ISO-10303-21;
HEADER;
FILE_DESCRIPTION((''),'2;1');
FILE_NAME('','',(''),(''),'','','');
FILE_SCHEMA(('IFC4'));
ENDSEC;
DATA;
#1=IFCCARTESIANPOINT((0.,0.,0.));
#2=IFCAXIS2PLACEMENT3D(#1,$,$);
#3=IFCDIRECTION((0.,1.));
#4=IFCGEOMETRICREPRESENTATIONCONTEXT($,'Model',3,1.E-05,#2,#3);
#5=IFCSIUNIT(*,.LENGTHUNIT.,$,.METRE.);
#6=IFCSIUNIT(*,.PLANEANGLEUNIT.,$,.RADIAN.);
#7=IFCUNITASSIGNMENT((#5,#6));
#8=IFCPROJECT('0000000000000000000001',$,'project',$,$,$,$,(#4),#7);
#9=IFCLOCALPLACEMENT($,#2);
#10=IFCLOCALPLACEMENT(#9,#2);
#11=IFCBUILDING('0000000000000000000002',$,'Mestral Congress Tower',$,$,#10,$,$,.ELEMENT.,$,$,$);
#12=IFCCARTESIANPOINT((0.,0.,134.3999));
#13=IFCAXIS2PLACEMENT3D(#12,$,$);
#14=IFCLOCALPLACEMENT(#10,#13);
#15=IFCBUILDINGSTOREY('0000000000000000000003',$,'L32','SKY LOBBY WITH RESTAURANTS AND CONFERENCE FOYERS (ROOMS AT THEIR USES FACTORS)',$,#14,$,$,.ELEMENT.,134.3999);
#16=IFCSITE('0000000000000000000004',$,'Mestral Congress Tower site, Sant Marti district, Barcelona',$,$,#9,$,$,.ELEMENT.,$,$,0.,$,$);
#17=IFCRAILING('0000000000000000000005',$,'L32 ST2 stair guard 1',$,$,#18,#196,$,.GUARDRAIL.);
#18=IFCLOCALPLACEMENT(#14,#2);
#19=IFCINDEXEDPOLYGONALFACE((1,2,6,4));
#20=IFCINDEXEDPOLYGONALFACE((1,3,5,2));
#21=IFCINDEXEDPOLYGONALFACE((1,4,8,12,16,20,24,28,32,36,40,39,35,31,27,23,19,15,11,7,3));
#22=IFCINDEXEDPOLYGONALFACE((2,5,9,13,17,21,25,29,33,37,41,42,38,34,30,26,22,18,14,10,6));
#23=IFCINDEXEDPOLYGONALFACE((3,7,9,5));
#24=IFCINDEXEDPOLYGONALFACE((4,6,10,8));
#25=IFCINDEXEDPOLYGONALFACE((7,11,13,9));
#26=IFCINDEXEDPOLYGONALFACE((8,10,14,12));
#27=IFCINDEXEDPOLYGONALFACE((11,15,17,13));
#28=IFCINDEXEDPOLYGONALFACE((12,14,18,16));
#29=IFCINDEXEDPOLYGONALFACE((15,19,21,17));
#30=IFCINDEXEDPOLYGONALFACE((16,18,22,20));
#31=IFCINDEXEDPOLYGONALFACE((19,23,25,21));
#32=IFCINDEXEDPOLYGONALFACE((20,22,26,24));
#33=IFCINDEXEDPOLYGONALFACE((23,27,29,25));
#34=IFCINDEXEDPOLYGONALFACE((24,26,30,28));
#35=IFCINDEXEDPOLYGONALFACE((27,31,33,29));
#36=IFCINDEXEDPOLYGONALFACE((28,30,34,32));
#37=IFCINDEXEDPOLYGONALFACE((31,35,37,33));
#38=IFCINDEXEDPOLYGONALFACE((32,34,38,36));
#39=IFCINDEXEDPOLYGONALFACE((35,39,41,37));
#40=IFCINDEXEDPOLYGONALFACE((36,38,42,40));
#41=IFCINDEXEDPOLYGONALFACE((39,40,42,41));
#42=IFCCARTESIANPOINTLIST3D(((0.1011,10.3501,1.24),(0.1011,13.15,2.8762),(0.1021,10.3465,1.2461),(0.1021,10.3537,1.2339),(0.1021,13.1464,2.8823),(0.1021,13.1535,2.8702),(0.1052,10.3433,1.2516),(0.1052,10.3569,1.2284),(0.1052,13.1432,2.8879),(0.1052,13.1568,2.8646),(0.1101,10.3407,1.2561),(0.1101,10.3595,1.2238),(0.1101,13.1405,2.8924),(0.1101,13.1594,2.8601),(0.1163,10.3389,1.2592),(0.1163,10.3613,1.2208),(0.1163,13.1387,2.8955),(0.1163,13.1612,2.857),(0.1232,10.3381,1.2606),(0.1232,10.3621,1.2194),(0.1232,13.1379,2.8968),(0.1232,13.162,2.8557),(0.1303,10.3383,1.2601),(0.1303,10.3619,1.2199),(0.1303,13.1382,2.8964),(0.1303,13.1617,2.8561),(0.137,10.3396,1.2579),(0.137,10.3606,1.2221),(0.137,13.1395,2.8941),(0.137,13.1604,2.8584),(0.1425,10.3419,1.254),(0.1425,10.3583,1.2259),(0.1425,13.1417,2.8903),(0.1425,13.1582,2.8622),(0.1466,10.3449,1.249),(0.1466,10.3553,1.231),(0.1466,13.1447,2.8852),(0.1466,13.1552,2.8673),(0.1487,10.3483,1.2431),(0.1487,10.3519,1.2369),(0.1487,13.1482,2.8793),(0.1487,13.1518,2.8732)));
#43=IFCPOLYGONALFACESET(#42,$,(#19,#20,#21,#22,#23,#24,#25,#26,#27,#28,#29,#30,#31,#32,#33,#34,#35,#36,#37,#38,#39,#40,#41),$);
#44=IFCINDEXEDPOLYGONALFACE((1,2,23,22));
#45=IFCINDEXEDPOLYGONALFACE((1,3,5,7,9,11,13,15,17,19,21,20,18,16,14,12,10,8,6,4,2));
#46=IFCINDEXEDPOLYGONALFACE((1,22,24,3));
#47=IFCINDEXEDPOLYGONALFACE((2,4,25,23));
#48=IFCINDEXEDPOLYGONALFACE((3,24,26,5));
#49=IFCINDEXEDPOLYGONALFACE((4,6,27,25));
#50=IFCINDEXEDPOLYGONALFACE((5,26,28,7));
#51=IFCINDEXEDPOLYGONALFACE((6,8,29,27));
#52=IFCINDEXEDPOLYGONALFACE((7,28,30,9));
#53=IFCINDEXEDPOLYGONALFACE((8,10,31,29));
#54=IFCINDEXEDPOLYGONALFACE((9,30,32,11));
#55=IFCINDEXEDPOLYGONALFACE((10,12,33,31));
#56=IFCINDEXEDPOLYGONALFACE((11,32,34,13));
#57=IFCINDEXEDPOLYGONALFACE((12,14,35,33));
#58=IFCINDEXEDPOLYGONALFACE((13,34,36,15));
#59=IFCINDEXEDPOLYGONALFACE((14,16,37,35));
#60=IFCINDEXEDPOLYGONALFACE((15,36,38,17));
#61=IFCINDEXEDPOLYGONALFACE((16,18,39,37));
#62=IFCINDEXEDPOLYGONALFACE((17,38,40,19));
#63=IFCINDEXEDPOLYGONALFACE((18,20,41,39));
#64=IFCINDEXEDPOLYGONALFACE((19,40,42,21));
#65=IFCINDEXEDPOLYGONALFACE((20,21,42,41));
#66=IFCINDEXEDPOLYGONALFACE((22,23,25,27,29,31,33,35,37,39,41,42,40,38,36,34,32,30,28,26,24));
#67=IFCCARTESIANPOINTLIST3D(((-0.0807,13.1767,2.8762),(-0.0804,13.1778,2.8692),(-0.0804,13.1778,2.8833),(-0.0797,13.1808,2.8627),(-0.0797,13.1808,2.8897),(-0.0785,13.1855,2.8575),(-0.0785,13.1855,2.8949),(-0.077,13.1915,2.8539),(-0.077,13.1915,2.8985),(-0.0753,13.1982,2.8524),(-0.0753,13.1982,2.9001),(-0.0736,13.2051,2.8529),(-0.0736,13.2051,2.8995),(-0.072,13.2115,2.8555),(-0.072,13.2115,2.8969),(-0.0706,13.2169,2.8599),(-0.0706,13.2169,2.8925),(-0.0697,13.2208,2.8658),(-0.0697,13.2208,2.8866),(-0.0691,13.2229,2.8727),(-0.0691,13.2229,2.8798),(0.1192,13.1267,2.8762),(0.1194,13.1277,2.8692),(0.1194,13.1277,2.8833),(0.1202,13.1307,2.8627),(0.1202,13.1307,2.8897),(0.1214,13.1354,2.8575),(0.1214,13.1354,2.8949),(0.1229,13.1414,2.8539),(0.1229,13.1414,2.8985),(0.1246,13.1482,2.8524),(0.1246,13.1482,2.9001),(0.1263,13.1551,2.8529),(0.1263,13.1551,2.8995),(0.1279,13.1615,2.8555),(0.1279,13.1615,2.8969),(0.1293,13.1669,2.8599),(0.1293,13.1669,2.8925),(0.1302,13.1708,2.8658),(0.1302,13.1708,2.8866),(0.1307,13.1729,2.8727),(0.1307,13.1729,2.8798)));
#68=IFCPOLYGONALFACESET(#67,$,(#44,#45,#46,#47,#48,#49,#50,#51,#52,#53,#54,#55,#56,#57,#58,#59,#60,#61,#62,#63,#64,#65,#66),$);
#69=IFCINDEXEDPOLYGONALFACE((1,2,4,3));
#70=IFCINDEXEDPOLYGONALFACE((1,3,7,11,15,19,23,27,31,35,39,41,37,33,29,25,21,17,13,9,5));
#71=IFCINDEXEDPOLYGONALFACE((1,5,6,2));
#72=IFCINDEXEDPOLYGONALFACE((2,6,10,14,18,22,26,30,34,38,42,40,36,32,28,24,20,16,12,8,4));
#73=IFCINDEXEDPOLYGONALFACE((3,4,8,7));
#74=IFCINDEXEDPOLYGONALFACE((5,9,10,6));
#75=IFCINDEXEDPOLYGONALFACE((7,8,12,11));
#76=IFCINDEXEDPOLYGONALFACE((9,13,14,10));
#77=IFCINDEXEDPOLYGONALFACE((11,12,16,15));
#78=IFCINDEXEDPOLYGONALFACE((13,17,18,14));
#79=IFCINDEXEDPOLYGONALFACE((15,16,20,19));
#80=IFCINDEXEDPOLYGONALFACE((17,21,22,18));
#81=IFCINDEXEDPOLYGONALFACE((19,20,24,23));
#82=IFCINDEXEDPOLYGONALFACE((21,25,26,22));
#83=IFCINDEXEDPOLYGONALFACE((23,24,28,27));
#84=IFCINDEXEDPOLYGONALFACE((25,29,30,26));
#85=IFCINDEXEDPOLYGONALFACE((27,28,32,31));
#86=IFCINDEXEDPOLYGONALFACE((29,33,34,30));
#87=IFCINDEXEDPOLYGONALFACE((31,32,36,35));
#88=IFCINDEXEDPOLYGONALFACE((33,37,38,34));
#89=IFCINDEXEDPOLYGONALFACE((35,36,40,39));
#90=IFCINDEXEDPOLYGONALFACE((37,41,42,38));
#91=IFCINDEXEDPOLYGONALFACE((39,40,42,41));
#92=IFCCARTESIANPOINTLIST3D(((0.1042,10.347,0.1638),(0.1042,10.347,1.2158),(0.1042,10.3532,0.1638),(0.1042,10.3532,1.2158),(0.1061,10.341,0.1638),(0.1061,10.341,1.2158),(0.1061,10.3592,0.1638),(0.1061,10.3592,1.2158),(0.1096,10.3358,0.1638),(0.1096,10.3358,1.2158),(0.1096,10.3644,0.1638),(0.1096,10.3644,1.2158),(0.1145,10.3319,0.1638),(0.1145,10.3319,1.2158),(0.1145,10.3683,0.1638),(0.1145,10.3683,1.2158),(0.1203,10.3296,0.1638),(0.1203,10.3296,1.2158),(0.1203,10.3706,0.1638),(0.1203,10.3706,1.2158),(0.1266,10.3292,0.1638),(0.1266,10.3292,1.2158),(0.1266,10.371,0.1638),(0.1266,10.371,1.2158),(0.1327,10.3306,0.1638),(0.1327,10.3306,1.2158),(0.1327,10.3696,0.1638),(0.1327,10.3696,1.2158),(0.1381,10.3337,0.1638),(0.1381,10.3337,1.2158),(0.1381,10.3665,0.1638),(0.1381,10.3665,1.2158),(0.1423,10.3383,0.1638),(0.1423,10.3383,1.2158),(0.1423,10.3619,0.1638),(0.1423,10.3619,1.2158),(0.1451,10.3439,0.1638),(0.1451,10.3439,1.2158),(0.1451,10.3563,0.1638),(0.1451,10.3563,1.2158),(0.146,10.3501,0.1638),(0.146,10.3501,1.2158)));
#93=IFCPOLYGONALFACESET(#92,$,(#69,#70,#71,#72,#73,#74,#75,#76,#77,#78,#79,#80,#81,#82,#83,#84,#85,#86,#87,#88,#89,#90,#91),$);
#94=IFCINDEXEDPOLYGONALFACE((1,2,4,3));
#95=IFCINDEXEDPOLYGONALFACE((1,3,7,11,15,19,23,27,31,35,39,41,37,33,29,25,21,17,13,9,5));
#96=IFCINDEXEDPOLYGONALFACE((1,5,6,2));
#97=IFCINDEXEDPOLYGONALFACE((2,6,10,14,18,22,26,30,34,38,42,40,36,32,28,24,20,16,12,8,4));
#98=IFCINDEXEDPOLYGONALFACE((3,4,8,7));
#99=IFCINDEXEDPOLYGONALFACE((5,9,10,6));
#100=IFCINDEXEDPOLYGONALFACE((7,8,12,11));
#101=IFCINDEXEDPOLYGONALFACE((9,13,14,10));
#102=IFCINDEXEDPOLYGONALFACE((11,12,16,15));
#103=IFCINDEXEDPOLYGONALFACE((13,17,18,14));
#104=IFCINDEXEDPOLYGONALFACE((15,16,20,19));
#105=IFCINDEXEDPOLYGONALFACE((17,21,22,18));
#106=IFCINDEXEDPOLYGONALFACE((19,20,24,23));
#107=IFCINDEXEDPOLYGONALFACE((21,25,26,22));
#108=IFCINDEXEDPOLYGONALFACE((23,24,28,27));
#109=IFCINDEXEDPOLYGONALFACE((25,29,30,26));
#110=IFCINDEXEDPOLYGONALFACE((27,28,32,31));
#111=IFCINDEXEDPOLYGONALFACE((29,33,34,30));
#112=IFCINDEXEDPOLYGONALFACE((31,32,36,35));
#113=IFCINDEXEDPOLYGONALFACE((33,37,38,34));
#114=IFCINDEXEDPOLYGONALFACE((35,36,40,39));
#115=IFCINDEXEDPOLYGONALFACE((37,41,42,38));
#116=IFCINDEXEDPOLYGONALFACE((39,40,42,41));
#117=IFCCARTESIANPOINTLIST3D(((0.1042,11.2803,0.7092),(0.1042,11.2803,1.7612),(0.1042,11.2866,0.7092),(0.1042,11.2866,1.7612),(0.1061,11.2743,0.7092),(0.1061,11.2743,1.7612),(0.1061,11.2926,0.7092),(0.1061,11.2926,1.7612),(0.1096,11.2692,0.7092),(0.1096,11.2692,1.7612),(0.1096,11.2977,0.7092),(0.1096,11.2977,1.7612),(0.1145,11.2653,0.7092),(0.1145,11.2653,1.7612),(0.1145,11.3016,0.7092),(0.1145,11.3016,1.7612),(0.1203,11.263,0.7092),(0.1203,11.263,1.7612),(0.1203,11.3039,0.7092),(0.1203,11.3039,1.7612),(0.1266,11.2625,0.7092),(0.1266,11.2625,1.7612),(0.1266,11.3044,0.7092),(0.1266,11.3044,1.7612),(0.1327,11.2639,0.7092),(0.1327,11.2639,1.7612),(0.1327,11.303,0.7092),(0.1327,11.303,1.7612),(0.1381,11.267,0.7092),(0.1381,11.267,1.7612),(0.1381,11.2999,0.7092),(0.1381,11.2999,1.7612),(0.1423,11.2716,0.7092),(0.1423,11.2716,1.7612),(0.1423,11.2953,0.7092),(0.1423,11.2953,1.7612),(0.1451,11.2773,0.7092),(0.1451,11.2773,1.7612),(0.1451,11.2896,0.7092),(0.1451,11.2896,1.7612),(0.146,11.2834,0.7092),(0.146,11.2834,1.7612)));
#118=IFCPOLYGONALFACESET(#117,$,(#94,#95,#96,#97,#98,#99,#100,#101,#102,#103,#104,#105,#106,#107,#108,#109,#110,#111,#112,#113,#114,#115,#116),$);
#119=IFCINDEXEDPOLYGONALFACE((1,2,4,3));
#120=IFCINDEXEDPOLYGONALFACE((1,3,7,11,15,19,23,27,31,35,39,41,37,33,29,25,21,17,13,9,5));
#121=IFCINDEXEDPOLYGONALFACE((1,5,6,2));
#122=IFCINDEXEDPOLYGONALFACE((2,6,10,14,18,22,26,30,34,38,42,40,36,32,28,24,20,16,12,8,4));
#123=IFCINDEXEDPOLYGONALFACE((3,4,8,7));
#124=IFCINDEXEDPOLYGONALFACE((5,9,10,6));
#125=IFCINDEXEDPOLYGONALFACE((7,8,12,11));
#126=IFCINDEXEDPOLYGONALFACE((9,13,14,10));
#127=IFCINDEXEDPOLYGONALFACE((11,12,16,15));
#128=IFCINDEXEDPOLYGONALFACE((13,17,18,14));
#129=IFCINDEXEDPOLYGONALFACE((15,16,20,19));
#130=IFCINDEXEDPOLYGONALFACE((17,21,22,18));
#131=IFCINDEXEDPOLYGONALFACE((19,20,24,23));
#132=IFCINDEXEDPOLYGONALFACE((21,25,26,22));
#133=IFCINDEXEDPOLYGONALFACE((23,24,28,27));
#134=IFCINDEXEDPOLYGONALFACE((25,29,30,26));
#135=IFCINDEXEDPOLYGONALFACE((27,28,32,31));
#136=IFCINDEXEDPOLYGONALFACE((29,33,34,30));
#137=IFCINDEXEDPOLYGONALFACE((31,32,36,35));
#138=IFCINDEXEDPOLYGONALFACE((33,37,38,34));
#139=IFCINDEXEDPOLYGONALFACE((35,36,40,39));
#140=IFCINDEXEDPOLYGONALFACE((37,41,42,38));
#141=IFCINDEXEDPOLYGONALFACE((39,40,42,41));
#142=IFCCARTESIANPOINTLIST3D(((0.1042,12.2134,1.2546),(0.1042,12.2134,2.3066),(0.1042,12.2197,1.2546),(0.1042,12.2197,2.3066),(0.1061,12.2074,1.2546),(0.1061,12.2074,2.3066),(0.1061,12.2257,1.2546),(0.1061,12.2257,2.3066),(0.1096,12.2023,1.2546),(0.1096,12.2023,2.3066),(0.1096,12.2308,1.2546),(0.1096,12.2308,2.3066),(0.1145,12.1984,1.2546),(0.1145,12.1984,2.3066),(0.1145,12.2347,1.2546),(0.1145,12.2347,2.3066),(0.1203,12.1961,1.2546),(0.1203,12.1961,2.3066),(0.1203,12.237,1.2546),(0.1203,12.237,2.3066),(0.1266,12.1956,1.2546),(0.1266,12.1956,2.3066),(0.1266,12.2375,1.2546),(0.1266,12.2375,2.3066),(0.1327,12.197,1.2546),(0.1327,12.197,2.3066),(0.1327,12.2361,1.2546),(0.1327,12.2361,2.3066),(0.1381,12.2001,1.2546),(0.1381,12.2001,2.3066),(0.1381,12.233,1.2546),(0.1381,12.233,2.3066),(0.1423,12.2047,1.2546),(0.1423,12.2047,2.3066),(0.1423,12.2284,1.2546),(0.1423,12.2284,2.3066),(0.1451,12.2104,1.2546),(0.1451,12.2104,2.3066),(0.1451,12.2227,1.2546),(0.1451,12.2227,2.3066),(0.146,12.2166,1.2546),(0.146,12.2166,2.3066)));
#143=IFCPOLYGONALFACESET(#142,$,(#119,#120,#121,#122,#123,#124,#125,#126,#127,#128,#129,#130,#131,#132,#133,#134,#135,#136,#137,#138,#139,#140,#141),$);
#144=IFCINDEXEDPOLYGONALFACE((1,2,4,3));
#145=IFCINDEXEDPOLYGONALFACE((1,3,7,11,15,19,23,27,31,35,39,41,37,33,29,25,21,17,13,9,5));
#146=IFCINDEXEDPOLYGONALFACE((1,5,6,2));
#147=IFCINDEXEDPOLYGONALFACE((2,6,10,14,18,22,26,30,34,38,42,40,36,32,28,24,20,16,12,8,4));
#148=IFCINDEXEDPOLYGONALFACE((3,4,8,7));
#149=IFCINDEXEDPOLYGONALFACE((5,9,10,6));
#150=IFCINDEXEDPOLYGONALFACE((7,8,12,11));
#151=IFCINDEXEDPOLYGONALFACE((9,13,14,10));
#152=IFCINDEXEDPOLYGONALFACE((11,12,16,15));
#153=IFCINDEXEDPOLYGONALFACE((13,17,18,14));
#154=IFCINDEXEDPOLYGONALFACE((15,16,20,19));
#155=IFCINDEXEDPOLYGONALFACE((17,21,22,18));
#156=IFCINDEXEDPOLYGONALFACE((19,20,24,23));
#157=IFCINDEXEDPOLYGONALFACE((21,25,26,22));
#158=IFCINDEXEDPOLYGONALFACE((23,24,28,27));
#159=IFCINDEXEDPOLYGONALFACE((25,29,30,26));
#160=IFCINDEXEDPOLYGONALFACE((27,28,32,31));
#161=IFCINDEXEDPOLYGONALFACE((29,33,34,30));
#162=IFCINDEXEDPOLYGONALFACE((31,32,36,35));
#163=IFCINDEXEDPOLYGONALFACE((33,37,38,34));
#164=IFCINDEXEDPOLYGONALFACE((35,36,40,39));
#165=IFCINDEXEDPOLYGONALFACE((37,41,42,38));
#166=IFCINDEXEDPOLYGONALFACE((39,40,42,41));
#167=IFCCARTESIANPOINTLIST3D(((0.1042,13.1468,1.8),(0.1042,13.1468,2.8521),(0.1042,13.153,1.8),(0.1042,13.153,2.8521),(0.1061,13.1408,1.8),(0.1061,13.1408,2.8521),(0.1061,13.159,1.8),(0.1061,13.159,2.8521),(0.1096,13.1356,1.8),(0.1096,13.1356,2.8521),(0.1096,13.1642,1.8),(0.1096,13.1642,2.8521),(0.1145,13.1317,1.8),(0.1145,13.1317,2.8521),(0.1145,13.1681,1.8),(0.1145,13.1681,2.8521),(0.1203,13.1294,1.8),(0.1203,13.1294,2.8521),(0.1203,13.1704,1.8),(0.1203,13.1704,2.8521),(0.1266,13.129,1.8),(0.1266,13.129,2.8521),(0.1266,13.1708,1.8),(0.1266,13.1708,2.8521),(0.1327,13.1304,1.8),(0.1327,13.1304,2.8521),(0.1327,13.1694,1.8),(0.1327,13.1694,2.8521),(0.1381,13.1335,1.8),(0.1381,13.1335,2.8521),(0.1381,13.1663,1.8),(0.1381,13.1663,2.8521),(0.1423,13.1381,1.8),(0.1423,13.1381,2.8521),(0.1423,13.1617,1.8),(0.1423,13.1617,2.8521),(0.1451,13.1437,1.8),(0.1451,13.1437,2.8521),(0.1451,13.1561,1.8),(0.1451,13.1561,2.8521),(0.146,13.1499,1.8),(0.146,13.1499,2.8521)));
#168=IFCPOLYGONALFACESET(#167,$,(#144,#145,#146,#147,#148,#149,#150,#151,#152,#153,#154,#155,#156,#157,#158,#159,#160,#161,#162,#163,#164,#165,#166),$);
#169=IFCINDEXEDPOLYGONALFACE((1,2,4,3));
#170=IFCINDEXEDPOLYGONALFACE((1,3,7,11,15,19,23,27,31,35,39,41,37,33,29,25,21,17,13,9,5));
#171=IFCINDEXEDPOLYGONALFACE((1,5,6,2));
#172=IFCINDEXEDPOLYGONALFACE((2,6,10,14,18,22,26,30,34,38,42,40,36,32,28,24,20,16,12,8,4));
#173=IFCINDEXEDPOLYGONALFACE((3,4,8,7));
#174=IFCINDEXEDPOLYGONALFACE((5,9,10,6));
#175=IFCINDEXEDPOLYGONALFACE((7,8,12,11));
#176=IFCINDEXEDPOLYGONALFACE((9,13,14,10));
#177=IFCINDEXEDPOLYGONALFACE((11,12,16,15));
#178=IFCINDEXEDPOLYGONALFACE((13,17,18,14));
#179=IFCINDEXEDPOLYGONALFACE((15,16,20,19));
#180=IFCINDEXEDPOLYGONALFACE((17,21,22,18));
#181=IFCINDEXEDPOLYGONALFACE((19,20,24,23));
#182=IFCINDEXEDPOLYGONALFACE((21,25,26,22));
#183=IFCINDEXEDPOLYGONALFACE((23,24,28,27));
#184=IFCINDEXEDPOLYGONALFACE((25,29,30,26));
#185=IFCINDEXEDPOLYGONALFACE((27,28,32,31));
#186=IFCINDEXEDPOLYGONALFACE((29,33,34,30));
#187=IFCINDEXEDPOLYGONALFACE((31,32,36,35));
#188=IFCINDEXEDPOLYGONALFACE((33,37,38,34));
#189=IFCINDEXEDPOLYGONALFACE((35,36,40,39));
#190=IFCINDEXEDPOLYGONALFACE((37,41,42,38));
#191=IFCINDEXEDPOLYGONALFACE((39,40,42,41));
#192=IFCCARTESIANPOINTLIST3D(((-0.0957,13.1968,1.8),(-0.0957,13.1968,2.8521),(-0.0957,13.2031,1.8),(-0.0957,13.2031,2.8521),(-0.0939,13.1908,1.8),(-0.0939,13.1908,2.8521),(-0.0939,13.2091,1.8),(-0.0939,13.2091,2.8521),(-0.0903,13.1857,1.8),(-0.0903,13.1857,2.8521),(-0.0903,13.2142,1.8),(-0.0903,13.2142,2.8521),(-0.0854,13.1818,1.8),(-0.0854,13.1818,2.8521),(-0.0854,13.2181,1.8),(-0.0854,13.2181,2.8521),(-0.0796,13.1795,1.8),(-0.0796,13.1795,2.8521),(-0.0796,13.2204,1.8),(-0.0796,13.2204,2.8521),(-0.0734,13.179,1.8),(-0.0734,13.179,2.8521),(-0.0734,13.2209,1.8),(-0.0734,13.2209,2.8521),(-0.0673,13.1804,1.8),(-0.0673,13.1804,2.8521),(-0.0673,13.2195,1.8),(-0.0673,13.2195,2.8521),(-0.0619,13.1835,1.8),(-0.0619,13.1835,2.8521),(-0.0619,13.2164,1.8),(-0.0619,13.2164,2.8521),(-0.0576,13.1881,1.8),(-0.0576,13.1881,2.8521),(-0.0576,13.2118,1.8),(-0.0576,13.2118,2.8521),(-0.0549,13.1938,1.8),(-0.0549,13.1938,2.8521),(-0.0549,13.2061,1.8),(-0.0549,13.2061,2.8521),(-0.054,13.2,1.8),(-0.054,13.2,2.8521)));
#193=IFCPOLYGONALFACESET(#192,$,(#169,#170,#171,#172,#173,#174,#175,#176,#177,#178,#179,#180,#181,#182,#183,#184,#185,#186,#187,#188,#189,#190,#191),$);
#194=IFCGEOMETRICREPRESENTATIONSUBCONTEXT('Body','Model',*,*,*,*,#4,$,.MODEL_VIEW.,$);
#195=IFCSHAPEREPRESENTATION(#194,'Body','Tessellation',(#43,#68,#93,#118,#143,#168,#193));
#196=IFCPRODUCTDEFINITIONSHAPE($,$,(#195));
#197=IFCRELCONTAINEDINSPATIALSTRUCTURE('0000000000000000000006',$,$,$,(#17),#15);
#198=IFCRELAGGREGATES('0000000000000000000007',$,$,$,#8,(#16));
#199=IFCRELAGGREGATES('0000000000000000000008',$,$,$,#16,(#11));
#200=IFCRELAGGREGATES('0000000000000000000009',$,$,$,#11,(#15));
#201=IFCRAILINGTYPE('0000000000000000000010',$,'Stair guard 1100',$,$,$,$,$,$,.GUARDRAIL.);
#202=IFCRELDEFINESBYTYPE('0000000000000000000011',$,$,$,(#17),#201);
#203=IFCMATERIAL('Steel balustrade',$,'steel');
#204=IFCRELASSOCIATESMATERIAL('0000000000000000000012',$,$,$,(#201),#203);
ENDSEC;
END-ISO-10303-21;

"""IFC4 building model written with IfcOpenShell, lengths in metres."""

from ifc_helpers import new_model, si_unit, direction, frame, origin, origin_2d, place, context, subcontext, project, spatial, circle, extrude, material, type_object, element, save


model = new_model("IFC4")

# Units and contexts
model_context = context("Model", 3, precision=1e-05, world=origin(), true_north=direction((0.0, 1.0)))
body_context = subcontext(model_context, "Body", "Model", "MODEL_VIEW")
ifc_project = project(units=[si_unit("LENGTHUNIT", "METRE"), si_unit("PLANEANGLEUNIT", "RADIAN")], contexts=[model_context])

# Site, building, storey
site_placement = place(None, origin())
site = spatial("IfcSite", under=ifc_project, at=site_placement, Name="Mestral Congress Tower site, Sant Marti district, Barcelona", CompositionType="ELEMENT", RefElevation=0.0)
building_placement = place(site_placement, origin())
building = spatial("IfcBuilding", under=site, at=building_placement, Name="Mestral Congress Tower", CompositionType="ELEMENT")
storey_placement = place(building_placement, frame((0.0, 0.0, 134.3999)))
storey = spatial("IfcBuildingStorey", under=building, at=storey_placement, Name="L32", Description="SKY LOBBY WITH RESTAURANTS AND CONFERENCE FOYERS (ROOMS AT THEIR USES FACTORS)", CompositionType="ELEMENT", Elevation=134.3999)

# Railing
ifc_material_1 = material(Name="Steel balustrade", Category="steel")
railing_type = type_object("IfcRailingType", Name="Stair guard 1100", PredefinedType="GUARDRAIL", material=ifc_material_1)
railing_1_placement = place(storey_placement, frame((0.125, 10.3501, 0.1638)))
element("IfcRailing", 1, at=railing_1_placement, inside=storey, type_object=railing_type, Name="L32 ST2 stair guard 1", PredefinedType="GUARDRAIL", context=body_context, shape_type="SweptSolid", body=[
    extrude(circle(Radius=0.0239, at=origin_2d()), frame((0.0, 0.0, 1.0762), z_axis=(0.0, 0.863374, 0.504564), x_axis=(-1.0, 0.0, 0.0)), (0.0, 0.0, 1.0), 3.2429),
    extrude(circle(Radius=0.0239, at=origin_2d()), frame((0.0, 2.7998, 2.7124), z_axis=(-0.970073, 0.242814, 0.0), x_axis=(-0.242814, -0.970073, 0.0)), (0.0, 0.0, 1.0), 0.2061),
    extrude(circle(Radius=0.021, at=origin_2d()), origin(), (0.0, 0.0, 1.0), 1.052),
    extrude(circle(Radius=0.021, at=origin_2d()), frame((0.0, 0.9333, 0.5454)), (0.0, 0.0, 1.0), 1.052),
    extrude(circle(Radius=0.021, at=origin_2d()), frame((0.0, 1.8665, 1.0908)), (0.0, 0.0, 1.0), 1.052),
    extrude(circle(Radius=0.021, at=origin_2d()), frame((0.0, 2.7998, 1.6362)), (0.0, 0.0, 1.0), 1.052),
    extrude(circle(Radius=0.021, at=origin_2d()), frame((-0.2, 2.8499, 1.6362)), (0.0, 0.0, 1.0), 1.052),
])

save(model, "model.ifc")
